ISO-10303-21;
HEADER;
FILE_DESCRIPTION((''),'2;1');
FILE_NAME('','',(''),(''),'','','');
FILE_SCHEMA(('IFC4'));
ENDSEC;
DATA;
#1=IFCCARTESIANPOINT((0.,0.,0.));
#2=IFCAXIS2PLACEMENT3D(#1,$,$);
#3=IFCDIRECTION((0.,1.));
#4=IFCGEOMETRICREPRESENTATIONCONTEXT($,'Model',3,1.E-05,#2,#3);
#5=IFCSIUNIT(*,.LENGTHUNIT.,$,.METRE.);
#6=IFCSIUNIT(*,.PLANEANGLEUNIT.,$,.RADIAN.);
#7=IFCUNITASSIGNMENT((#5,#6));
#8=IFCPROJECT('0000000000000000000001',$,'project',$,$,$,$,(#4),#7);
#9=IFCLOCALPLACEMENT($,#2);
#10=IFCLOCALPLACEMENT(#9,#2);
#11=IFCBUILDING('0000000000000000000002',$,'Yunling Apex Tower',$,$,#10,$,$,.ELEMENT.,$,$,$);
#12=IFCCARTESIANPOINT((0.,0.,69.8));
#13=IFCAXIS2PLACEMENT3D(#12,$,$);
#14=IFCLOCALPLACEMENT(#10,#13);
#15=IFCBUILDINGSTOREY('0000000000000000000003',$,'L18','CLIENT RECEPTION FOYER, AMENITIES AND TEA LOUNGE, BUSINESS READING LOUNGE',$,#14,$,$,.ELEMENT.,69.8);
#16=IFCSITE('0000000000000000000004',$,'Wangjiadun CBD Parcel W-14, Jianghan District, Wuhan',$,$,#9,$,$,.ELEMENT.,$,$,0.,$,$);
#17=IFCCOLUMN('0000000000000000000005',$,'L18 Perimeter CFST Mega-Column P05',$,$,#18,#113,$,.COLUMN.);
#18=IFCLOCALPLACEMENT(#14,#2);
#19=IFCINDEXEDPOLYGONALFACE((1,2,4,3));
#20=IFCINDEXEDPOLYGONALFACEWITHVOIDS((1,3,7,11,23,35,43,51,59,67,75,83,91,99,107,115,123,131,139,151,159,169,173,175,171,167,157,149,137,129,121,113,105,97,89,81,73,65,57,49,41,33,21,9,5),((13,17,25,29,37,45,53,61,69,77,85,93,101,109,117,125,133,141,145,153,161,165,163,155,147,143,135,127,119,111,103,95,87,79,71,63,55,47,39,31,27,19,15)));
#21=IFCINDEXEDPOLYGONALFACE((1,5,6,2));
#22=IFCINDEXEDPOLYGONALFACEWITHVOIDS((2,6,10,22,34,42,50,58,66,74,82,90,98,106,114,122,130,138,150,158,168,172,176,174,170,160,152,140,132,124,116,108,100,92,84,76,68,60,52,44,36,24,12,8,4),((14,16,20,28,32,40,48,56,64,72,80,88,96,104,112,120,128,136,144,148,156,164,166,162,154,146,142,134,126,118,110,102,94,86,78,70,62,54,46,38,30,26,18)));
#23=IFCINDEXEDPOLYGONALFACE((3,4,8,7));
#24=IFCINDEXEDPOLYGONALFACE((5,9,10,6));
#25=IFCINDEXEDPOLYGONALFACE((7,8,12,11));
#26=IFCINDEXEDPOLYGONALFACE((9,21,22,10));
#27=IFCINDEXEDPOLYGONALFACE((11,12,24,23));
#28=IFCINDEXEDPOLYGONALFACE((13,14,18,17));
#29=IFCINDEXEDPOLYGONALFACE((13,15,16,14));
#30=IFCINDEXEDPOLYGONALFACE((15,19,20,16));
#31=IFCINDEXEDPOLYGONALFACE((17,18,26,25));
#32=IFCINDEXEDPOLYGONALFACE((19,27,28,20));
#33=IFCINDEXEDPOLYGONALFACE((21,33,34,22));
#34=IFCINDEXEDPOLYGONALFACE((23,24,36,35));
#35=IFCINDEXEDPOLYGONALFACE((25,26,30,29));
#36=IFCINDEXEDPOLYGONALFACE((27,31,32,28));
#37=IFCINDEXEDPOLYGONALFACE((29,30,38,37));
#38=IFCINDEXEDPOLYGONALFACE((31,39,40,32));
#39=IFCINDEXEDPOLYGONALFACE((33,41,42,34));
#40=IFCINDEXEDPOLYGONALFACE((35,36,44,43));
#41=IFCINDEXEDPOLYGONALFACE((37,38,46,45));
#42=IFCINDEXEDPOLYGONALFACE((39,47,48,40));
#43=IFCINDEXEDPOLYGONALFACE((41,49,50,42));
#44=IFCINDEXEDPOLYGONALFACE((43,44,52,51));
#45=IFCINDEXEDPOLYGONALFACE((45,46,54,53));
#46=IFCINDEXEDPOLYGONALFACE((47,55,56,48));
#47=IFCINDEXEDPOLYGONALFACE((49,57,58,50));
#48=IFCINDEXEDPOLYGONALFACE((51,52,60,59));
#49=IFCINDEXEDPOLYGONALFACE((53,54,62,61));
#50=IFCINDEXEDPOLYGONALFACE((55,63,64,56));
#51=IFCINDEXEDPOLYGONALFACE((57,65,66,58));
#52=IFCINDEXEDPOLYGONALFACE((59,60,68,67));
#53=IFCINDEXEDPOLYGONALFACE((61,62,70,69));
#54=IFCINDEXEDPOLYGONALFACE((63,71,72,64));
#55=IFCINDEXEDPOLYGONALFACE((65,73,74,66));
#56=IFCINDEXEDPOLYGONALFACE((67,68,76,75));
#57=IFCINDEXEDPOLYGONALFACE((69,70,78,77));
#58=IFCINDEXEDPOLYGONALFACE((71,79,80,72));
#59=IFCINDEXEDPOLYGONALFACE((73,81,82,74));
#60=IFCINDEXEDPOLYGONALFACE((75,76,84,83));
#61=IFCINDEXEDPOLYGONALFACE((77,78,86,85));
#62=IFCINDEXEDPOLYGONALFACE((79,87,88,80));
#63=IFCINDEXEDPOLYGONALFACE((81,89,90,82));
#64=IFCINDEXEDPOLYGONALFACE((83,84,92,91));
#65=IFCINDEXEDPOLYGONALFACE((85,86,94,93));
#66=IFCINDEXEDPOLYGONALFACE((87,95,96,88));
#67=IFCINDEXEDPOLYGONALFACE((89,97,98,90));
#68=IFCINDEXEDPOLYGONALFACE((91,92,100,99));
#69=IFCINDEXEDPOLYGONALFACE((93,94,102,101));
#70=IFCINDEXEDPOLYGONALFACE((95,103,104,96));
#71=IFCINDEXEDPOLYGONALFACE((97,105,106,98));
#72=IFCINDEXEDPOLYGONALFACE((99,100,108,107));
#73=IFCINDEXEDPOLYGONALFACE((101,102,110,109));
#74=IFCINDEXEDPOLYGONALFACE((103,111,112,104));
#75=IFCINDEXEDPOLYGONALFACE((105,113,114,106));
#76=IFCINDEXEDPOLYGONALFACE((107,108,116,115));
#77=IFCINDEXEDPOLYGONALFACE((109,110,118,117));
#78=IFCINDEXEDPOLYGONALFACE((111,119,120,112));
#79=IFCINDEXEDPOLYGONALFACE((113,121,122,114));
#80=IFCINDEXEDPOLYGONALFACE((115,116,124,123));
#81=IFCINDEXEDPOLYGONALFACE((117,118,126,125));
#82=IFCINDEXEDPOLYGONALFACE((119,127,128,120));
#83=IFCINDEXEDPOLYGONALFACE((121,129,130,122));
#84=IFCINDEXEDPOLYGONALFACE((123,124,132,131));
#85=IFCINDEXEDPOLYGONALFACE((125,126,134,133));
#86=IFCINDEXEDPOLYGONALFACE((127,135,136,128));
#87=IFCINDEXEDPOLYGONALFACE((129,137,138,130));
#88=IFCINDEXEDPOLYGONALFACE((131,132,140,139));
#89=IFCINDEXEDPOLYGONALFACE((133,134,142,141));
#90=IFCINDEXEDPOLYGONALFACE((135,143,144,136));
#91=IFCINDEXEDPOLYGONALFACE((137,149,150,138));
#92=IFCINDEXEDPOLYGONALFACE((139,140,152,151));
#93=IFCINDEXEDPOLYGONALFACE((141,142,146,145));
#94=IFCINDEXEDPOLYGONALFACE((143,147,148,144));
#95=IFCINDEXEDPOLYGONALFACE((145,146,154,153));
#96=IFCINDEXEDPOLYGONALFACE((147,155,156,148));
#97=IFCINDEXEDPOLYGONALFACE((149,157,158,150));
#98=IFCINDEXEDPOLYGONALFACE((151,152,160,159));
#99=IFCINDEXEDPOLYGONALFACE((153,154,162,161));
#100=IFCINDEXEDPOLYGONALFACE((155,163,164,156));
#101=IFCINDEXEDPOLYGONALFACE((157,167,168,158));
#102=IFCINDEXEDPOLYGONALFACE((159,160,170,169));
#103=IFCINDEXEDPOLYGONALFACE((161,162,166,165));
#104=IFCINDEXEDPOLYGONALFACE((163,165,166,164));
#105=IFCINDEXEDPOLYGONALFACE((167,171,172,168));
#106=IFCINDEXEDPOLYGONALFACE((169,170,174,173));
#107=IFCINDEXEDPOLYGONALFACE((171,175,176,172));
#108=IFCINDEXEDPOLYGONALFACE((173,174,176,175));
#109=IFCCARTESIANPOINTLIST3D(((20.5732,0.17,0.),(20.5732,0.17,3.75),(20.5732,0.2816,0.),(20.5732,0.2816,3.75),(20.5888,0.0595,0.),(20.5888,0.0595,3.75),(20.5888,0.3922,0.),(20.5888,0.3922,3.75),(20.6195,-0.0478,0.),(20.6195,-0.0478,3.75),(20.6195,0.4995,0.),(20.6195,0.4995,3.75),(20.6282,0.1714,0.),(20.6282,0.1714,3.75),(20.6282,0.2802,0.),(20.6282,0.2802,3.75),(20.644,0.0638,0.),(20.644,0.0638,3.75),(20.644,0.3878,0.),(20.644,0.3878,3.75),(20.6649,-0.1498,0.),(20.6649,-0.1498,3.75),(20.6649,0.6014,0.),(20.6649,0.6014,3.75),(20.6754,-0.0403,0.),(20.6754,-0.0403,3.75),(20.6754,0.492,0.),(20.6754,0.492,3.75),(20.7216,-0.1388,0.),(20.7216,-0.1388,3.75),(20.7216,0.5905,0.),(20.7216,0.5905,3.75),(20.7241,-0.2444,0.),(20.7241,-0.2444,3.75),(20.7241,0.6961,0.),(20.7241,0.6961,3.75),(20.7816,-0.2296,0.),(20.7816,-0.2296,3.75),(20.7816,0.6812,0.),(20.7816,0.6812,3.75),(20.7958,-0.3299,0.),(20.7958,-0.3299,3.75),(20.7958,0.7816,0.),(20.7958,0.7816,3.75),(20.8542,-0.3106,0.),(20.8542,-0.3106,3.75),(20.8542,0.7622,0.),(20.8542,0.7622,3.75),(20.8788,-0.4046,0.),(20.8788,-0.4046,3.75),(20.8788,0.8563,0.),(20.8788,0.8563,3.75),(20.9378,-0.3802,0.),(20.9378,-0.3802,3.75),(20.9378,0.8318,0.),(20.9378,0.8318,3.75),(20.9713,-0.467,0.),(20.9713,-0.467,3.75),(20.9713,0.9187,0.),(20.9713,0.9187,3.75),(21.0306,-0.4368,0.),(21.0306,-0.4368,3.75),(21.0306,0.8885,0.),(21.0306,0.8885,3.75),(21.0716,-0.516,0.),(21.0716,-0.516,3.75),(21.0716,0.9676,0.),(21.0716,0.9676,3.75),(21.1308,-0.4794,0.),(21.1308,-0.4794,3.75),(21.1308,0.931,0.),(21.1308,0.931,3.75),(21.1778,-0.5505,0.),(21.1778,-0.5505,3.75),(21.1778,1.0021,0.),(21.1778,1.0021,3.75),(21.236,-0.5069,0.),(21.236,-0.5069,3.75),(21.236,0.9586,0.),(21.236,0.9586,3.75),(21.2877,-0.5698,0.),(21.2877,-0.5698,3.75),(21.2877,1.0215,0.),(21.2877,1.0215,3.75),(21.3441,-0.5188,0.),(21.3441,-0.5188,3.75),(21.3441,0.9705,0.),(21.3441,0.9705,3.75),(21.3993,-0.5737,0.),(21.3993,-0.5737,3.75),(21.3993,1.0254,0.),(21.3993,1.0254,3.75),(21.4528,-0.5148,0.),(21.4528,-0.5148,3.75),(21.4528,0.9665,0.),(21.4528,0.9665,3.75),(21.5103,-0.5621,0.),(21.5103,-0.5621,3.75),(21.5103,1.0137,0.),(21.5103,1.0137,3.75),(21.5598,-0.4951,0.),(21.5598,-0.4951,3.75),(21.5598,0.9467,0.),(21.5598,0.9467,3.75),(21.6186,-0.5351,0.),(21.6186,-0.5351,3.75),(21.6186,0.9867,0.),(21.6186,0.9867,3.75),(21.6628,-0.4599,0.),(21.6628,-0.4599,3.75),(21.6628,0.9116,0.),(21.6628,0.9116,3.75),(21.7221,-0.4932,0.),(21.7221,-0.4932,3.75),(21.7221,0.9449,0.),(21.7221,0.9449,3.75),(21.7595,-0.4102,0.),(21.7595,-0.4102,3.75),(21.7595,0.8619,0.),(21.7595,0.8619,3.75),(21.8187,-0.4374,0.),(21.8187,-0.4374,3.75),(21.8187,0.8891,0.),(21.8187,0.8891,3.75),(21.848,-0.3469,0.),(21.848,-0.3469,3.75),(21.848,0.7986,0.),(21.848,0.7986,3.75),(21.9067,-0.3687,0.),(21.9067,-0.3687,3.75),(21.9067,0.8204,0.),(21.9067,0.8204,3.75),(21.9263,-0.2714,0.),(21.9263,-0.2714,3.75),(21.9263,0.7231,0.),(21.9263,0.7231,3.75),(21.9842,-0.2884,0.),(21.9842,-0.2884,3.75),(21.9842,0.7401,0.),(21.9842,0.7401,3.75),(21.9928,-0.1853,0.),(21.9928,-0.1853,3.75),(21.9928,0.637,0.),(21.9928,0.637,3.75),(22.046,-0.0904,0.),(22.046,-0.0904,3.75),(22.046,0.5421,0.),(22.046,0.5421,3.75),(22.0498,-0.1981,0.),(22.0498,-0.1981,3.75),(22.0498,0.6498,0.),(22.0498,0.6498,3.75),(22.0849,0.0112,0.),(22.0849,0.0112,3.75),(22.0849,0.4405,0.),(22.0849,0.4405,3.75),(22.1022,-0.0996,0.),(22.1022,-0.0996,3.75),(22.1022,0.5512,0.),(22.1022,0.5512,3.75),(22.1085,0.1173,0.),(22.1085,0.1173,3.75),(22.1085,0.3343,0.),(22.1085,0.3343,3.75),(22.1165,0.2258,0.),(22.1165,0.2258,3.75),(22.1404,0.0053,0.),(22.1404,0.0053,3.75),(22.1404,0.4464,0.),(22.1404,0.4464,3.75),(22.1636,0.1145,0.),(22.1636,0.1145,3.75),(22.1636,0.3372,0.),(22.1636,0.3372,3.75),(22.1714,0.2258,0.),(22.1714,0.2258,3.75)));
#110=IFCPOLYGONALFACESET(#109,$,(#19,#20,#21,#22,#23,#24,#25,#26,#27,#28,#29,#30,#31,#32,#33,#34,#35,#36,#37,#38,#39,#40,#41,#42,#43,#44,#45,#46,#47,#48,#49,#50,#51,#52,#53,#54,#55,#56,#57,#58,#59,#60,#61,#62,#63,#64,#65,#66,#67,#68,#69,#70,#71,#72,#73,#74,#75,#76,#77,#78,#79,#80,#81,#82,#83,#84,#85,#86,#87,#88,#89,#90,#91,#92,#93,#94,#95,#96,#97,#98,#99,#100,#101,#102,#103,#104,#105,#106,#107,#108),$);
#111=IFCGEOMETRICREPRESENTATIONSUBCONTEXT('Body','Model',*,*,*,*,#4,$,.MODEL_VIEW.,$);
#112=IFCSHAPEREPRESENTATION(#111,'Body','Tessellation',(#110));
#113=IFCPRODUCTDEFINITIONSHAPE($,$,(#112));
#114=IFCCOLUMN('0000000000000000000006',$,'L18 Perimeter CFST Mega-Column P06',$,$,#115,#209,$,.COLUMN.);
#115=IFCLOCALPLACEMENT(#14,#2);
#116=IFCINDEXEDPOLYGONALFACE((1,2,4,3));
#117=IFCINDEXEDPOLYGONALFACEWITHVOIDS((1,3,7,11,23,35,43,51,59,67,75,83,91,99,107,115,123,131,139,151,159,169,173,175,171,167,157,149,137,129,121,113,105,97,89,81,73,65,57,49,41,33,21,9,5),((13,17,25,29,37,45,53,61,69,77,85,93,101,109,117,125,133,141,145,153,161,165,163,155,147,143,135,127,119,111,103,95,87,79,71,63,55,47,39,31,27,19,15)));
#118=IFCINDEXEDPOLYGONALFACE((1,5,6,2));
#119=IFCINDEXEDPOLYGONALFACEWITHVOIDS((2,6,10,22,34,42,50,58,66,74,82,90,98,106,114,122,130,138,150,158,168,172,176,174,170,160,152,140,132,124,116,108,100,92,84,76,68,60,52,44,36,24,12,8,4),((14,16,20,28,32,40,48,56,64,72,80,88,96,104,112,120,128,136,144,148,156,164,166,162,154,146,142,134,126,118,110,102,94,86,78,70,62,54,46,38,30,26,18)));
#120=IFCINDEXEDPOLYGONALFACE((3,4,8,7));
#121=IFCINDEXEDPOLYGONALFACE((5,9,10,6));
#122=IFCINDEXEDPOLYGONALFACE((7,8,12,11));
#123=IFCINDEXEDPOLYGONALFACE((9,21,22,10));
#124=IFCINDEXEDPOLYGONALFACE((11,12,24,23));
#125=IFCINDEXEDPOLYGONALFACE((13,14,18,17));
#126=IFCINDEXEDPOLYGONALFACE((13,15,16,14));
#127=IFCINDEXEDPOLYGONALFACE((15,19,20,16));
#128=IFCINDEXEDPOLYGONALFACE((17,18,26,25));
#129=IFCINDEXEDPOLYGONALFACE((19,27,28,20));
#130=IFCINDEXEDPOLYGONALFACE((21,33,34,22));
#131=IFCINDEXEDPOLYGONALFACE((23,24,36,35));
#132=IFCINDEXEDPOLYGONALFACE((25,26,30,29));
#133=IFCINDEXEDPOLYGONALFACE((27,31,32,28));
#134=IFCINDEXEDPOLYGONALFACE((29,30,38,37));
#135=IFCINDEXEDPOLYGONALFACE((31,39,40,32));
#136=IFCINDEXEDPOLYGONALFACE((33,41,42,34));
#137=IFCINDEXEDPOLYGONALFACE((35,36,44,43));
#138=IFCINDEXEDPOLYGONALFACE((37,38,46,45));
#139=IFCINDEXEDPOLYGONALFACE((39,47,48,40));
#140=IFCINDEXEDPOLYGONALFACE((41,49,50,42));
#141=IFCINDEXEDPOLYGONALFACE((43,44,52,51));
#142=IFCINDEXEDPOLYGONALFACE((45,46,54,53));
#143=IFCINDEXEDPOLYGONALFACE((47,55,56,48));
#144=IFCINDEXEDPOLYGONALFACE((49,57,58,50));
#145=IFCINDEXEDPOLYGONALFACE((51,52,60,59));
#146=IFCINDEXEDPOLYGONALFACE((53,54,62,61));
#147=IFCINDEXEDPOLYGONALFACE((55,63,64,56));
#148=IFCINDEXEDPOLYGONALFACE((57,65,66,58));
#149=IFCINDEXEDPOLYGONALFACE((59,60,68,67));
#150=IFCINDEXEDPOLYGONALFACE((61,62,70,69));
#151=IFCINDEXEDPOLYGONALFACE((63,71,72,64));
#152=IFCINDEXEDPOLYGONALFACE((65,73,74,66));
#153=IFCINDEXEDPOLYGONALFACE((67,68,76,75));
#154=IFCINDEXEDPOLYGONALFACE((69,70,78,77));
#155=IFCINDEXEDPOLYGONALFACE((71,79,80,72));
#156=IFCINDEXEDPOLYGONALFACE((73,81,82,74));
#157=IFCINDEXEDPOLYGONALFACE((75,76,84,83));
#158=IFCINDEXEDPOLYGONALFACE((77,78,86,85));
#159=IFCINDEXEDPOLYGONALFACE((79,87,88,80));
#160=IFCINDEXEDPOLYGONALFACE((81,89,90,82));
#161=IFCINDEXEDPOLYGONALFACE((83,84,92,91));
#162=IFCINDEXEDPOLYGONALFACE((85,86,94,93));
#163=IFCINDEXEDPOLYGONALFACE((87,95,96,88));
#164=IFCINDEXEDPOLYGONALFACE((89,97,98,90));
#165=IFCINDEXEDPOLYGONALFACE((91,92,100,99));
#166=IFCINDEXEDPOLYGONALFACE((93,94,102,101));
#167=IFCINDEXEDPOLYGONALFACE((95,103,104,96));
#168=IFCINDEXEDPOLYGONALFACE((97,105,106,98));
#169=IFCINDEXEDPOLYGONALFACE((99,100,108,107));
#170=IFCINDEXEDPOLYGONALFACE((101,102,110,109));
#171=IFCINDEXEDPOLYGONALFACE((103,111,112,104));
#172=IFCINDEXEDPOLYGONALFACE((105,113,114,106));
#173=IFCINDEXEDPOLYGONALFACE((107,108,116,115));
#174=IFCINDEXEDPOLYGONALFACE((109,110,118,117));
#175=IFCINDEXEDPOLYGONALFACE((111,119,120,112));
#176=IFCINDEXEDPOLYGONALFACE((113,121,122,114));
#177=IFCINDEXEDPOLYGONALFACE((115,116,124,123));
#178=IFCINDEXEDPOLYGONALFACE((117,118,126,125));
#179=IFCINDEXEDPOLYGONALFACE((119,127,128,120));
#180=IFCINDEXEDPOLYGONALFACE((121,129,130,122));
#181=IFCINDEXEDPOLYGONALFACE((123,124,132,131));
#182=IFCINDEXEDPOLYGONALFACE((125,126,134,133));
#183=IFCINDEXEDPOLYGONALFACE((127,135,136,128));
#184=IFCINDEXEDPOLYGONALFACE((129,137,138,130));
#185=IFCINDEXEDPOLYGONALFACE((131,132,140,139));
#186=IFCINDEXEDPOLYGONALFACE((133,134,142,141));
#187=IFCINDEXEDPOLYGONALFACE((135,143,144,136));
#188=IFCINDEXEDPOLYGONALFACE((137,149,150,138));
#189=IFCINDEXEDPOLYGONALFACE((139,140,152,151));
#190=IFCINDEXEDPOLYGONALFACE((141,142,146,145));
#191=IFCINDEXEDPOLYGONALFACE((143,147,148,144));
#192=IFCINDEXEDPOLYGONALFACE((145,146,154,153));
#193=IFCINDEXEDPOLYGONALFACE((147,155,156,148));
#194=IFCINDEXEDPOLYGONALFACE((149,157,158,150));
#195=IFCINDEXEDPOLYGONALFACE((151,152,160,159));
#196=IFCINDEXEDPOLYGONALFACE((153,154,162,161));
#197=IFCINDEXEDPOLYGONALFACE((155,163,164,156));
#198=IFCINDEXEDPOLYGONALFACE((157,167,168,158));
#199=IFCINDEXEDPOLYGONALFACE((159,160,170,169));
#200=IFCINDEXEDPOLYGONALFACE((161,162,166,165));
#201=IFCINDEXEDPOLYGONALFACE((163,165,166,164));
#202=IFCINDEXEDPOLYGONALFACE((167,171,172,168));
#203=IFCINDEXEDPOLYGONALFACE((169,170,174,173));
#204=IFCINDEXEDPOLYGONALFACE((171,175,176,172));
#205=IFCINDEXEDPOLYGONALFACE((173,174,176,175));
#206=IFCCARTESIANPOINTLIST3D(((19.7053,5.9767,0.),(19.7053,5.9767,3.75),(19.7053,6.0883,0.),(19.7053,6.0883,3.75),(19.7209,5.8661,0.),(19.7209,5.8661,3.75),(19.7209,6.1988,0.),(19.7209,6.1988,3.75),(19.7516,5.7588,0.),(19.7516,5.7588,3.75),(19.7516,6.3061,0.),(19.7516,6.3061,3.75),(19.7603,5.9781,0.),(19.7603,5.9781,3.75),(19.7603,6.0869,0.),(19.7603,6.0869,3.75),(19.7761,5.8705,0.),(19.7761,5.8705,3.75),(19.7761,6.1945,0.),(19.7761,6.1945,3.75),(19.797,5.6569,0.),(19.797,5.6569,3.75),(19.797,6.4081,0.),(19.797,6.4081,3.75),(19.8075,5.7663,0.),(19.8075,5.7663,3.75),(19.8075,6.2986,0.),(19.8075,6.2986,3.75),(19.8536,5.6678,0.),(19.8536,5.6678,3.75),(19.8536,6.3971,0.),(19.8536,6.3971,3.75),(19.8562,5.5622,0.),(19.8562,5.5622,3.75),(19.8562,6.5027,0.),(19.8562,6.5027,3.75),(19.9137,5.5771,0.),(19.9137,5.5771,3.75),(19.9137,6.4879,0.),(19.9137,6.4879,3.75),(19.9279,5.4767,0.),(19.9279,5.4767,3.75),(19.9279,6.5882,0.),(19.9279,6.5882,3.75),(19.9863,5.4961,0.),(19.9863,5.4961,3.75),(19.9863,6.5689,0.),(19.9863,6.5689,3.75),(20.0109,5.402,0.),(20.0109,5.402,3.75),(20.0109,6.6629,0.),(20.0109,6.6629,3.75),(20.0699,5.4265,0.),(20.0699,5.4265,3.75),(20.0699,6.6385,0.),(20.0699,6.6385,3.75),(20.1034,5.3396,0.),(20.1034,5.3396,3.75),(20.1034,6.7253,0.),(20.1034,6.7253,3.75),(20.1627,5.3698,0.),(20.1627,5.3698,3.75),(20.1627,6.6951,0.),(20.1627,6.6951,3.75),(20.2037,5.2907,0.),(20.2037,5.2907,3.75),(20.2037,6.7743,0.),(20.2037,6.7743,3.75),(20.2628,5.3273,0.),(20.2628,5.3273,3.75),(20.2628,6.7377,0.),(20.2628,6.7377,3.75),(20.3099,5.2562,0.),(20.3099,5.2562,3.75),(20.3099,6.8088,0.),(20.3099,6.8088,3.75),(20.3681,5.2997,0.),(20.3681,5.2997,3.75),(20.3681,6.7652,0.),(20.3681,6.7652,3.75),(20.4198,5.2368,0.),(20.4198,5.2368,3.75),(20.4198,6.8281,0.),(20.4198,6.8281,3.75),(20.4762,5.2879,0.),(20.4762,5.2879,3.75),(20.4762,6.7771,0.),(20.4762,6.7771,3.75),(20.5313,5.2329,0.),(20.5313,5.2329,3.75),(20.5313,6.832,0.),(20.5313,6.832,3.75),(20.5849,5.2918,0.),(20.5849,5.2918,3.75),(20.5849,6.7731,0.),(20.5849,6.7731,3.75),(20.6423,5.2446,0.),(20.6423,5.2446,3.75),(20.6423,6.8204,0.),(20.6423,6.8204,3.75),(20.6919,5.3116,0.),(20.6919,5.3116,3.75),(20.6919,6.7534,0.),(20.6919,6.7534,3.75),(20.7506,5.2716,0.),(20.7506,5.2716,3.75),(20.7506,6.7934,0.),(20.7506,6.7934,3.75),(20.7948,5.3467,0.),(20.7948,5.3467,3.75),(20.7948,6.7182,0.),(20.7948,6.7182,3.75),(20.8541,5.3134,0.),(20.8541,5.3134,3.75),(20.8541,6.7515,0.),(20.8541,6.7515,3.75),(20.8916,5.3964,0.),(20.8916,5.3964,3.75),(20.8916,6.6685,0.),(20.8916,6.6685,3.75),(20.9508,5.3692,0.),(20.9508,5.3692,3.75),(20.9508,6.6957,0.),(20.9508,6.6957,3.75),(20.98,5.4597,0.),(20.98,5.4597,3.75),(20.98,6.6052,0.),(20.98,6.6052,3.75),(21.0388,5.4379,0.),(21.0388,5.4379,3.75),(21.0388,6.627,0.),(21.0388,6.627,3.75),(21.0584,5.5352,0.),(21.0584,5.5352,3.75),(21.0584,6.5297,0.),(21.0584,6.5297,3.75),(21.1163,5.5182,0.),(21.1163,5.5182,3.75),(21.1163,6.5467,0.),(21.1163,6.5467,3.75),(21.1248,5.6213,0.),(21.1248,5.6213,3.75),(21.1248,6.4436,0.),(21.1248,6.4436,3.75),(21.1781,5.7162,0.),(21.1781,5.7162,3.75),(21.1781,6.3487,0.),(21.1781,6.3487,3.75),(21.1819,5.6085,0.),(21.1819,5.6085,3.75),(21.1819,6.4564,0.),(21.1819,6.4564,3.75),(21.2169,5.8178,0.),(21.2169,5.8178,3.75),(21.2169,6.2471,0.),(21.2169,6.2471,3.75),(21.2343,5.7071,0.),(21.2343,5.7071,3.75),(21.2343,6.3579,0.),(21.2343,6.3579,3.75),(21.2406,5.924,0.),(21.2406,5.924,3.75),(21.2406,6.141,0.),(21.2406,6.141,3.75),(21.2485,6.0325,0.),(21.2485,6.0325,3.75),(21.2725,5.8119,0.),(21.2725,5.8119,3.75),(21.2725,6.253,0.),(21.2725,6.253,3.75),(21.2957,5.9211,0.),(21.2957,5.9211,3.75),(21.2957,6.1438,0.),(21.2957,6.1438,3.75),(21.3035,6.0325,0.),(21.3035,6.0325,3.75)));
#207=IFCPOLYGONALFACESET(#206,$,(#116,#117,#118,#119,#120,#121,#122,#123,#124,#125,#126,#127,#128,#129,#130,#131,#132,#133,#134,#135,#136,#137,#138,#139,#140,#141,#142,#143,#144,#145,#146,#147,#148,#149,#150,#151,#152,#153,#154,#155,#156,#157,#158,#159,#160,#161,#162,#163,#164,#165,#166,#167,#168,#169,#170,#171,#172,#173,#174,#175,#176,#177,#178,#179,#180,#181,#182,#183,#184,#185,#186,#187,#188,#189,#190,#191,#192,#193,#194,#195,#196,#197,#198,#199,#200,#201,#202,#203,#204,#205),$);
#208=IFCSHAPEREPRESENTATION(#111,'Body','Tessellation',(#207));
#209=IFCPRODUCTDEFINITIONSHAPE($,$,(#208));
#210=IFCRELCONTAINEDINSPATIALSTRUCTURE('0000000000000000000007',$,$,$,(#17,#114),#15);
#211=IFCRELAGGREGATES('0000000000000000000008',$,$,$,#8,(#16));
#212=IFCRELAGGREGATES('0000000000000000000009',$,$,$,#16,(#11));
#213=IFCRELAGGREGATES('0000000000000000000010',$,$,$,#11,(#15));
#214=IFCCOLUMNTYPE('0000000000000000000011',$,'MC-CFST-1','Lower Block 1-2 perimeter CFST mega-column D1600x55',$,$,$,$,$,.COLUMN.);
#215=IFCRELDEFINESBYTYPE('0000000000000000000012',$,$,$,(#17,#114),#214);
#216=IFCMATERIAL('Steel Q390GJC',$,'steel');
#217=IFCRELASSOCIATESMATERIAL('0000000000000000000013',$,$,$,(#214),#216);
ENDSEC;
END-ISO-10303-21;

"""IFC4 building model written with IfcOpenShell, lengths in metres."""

from ifc_helpers import new_model, si_unit, direction, frame, origin, origin_2d, place, context, subcontext, project, spatial, hollow_circle, extrude, source, transform, mapped, material, material_profile, profile_set, type_object, element, save


model = new_model("IFC4")

# Units and contexts
model_context = context("Model", 3, precision=1e-05, world=origin(), true_north=direction((0.0, 1.0)))
body_context = subcontext(model_context, "Body", "Model", "MODEL_VIEW")
ifc_project = project(units=[si_unit("LENGTHUNIT", "METRE"), si_unit("PLANEANGLEUNIT", "RADIAN")], contexts=[model_context])

# Site, building, storey
site_placement = place(None, origin())
site = spatial("IfcSite", under=ifc_project, at=site_placement, Name="Wangjiadun CBD Parcel W-14, Jianghan District, Wuhan", CompositionType="ELEMENT", RefElevation=0.0)
building_placement = place(site_placement, origin())
building = spatial("IfcBuilding", under=site, at=building_placement, Name="Yunling Apex Tower", CompositionType="ELEMENT")
storey_placement = place(building_placement, frame((0.0, 0.0, 69.8)))
storey = spatial("IfcBuildingStorey", under=building, at=storey_placement, Name="L18", Description="CLIENT RECEPTION FOYER, AMENITIES AND TEA LOUNGE, BUSINESS READING LOUNGE", CompositionType="ELEMENT", Elevation=69.8)

# Columns
ifc_material_1 = material(Name="Steel Q390GJC", Category="steel")
ifc_material_profile_1 = material_profile(ifc_material_1, hollow_circle(Radius=0.8, WallThickness=0.0549, at=origin_2d()))
ifc_profile_set_1 = profile_set([ifc_material_profile_1], Name="Steel Q390GJC")
column_type = type_object("IfcColumnType", Name="MC-CFST-1", Description="Lower Block 1-2 perimeter CFST mega-column D1600x55", PredefinedType="COLUMN", material=ifc_profile_set_1)
shared_shape_1 = source(origin(), body_context, "Body", "SweptSolid", [
    extrude(hollow_circle(Radius=0.8, WallThickness=0.0549, at=origin_2d()), origin(), (0.0, 0.0, 1.0), 3.75),
])
for number, where, z_axis, x_axis, name in (
    (1, (21.3713, 0.2258, 0.0), (0.0, 0.0, 1.0), (1.0, 0.0, 0.0), "L18 Perimeter CFST Mega-Column P05"),
    (2, (20.5034, 6.0325, 0.0), (0.0, 0.0, 1.0), (1.0, 0.0, 0.0), "L18 Perimeter CFST Mega-Column P06"),
):
    element("IfcColumn", number, at=place(storey_placement, frame(where, z_axis=z_axis, x_axis=x_axis)), inside=storey, type_object=column_type, Name=name, PredefinedType="COLUMN", context=body_context, shape_type="MappedRepresentation", body=[
        mapped(shared_shape_1, transform((0.0, 0.0, 0.0), scale=1.0)),
    ])

save(model, "model.ifc")
